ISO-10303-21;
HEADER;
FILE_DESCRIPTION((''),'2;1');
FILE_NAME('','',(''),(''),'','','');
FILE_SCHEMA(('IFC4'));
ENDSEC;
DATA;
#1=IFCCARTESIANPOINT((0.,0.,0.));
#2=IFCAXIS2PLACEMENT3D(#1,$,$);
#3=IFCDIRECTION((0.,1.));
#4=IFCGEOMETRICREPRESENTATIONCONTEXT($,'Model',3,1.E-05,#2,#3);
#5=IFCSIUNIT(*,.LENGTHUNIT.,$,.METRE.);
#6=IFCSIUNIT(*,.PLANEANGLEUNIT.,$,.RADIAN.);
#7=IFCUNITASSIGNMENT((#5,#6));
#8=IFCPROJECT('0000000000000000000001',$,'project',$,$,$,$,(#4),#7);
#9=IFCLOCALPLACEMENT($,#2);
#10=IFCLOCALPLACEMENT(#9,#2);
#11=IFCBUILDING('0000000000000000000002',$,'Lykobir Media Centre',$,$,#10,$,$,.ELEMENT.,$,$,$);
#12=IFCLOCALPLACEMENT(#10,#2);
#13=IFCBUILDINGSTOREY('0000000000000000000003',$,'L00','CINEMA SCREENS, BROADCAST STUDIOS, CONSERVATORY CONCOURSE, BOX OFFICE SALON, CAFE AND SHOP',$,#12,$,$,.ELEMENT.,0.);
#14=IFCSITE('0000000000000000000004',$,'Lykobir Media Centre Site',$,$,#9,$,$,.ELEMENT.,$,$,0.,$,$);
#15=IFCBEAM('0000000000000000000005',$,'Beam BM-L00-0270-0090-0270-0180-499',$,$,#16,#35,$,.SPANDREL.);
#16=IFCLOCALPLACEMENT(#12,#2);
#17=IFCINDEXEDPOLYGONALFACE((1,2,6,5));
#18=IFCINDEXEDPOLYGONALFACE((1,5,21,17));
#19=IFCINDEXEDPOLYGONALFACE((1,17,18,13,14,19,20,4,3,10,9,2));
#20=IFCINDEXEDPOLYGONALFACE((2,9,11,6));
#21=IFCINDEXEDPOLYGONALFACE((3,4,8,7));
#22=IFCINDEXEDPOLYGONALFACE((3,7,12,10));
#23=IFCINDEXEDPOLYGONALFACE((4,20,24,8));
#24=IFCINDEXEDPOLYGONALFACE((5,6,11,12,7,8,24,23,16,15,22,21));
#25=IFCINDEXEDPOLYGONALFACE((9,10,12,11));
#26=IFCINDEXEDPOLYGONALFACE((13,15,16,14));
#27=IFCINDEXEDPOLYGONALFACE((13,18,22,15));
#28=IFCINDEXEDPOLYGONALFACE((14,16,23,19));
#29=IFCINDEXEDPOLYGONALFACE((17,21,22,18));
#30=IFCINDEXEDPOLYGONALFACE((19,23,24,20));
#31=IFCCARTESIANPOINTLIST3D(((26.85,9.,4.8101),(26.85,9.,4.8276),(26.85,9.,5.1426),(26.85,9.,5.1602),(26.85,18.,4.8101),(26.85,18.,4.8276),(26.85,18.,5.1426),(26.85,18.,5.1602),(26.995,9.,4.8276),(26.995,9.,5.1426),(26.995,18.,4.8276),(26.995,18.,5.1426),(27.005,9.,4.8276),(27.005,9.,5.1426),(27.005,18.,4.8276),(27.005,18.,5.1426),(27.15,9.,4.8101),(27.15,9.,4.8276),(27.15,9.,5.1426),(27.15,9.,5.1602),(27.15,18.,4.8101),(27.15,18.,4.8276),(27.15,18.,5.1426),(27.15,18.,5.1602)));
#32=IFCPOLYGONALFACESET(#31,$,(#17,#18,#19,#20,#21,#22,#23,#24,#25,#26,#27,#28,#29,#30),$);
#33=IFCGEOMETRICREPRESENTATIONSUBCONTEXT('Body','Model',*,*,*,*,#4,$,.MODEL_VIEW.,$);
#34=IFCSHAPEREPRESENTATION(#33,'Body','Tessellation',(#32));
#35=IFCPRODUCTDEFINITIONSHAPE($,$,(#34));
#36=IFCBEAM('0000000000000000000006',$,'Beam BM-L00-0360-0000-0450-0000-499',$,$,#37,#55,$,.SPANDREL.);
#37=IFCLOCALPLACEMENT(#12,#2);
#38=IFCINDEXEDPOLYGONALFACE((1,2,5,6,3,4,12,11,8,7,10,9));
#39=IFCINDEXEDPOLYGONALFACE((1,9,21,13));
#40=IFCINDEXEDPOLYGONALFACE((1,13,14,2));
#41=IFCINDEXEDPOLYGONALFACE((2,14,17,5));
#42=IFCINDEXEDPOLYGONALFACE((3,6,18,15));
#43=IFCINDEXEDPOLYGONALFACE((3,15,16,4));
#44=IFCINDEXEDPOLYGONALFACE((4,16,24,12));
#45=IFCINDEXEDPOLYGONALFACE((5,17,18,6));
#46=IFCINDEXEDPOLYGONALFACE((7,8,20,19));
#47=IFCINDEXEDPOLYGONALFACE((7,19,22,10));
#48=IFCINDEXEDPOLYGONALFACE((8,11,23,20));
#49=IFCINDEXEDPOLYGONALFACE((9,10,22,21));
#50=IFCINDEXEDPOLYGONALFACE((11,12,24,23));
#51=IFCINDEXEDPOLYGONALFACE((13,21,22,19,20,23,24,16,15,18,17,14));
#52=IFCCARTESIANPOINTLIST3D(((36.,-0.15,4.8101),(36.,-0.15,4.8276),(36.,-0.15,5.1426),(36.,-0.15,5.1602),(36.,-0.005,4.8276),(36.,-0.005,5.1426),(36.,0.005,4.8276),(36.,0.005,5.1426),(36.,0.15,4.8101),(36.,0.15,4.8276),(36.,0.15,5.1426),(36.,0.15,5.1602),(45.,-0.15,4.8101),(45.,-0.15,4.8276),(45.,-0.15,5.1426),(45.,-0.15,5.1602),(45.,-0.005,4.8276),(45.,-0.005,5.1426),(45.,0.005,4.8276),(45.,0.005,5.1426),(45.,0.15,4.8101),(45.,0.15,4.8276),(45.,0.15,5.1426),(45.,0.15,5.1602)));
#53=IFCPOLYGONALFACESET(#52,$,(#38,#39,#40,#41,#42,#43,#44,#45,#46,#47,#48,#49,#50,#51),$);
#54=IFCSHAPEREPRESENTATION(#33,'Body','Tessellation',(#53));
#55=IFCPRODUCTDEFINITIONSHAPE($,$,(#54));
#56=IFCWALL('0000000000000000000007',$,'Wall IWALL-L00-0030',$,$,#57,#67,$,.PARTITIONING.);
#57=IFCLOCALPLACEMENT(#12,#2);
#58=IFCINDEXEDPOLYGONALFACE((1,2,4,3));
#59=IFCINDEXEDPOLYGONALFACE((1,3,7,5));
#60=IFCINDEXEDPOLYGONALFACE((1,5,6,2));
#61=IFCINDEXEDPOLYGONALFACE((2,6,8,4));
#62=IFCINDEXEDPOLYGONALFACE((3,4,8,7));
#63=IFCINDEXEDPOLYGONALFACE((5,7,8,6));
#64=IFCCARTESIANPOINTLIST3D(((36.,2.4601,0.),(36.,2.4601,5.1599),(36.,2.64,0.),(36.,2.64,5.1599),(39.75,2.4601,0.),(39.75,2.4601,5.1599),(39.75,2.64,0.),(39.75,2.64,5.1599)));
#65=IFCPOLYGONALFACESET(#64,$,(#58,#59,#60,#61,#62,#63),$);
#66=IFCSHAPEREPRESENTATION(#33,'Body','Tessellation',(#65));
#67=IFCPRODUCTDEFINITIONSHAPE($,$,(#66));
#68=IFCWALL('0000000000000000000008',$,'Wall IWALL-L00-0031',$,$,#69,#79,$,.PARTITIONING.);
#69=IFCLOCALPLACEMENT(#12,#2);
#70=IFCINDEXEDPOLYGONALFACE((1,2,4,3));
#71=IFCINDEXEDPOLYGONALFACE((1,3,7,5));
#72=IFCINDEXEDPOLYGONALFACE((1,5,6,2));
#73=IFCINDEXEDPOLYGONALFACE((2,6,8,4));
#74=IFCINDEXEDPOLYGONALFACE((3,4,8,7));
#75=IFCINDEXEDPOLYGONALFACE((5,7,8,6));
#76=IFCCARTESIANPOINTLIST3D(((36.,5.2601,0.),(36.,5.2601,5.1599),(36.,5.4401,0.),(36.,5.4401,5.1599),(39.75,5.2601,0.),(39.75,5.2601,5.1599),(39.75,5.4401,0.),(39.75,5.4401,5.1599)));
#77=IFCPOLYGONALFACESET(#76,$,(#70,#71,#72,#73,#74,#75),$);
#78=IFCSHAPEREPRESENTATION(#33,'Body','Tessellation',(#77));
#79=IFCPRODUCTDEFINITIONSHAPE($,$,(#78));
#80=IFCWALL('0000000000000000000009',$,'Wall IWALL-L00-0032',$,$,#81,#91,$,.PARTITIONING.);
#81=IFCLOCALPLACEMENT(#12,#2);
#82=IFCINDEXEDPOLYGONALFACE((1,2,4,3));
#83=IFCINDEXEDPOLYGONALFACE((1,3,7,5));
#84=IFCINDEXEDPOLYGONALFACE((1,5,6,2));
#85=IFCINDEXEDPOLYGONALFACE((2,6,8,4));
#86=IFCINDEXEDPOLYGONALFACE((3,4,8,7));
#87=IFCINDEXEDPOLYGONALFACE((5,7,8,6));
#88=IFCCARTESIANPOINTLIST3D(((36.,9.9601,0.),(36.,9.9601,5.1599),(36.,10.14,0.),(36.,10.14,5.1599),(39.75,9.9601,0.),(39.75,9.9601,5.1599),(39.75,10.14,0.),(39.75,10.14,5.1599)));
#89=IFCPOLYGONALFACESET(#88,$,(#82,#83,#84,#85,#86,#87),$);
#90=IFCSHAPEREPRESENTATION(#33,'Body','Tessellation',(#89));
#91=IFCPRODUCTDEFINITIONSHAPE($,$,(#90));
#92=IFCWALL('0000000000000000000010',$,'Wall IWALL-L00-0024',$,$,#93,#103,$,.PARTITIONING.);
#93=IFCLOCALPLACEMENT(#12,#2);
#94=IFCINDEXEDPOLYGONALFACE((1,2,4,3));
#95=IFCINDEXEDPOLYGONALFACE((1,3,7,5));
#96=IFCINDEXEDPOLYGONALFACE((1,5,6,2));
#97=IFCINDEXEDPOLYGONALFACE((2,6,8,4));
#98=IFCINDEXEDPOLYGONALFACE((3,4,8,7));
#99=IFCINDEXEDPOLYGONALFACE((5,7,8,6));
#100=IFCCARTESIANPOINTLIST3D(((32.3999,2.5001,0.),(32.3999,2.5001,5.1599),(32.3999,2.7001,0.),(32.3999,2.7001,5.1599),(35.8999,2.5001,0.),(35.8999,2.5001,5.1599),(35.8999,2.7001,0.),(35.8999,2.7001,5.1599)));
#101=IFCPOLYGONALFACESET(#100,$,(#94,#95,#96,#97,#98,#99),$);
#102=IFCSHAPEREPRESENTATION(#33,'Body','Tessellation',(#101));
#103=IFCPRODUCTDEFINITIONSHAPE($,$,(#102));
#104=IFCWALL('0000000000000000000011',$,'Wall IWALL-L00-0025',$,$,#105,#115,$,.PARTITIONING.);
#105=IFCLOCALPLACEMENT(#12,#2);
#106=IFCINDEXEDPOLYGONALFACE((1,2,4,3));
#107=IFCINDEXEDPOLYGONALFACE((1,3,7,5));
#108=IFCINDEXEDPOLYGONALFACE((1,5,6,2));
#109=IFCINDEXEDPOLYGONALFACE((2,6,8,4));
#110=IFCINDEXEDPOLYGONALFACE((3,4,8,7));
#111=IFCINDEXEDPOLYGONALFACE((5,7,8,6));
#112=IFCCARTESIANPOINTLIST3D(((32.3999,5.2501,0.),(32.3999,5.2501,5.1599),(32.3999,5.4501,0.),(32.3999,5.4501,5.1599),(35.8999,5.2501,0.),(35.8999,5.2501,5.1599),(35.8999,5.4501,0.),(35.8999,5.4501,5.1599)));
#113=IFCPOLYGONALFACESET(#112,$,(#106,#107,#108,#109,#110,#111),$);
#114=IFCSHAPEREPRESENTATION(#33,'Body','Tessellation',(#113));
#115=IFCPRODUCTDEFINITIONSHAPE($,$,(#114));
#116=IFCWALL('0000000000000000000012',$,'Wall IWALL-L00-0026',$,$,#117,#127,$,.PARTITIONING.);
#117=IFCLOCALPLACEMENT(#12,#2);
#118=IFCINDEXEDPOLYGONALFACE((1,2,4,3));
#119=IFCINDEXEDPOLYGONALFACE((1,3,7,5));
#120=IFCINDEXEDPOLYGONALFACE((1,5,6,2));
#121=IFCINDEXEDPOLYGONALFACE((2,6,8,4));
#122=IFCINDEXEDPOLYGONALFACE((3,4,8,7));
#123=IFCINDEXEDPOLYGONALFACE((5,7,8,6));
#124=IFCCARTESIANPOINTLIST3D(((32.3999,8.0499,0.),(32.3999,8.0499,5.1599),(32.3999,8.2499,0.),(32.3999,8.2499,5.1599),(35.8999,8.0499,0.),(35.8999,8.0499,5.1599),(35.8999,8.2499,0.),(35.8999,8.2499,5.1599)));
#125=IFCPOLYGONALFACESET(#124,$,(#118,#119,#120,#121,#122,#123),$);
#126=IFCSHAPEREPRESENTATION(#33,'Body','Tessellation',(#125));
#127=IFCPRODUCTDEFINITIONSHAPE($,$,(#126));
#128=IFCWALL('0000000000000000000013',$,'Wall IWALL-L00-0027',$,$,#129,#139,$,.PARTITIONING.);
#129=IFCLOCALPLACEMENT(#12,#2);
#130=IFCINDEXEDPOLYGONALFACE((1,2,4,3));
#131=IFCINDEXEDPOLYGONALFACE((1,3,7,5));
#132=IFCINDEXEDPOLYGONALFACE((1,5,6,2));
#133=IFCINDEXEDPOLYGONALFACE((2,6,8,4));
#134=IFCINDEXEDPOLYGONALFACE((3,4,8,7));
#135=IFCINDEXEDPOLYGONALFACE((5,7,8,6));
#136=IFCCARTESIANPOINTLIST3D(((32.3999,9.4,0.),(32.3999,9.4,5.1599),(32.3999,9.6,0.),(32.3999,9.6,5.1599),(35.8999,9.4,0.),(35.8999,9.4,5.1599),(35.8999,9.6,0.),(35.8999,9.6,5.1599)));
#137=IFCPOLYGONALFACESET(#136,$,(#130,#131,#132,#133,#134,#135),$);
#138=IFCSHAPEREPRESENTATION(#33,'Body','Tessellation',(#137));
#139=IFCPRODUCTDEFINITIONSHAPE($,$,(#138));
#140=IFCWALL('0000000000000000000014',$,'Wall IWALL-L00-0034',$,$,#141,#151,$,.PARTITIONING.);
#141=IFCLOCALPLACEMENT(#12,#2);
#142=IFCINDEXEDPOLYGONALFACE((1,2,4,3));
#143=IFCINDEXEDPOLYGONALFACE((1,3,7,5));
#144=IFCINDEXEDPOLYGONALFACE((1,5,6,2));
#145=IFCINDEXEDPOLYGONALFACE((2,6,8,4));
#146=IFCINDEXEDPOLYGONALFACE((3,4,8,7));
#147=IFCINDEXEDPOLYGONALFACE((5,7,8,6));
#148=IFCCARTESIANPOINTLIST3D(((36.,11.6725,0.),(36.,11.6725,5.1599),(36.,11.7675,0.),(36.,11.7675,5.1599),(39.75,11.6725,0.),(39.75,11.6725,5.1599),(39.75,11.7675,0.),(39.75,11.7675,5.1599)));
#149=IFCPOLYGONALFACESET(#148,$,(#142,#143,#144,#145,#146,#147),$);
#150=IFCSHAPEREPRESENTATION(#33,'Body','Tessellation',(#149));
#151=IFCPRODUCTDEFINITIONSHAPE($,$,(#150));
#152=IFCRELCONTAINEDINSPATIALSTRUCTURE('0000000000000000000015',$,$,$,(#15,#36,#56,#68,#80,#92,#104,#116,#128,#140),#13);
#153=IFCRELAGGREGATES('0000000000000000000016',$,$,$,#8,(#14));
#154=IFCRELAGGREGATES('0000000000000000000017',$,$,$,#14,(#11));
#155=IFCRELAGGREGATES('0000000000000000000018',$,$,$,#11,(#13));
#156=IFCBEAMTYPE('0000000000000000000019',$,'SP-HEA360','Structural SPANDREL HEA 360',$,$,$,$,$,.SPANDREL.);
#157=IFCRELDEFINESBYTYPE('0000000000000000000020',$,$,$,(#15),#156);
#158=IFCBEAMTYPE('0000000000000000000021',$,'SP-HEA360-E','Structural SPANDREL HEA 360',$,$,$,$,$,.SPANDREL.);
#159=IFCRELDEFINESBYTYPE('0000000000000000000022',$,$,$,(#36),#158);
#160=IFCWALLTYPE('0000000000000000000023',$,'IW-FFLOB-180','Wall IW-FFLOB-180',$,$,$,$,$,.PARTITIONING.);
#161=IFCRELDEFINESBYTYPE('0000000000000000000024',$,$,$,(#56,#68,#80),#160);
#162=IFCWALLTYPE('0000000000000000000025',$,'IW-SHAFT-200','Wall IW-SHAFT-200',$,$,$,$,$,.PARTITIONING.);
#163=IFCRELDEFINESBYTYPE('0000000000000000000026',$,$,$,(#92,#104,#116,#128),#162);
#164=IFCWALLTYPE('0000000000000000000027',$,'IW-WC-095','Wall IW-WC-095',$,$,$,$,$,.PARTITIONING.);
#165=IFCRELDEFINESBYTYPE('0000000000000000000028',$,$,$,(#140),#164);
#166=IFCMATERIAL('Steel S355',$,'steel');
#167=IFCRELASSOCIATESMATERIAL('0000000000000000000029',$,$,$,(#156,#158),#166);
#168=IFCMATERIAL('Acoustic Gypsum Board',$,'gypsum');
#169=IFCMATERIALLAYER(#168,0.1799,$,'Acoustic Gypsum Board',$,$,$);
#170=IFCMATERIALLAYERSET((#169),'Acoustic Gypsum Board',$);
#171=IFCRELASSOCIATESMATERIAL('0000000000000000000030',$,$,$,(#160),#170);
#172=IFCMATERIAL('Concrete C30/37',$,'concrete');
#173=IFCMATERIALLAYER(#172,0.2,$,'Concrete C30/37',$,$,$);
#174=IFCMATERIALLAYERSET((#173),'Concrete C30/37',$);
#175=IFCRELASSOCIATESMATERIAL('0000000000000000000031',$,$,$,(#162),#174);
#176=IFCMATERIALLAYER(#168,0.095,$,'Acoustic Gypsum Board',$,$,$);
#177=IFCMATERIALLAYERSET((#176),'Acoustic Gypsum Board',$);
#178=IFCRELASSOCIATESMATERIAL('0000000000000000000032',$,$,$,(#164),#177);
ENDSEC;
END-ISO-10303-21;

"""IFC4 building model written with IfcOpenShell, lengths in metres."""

from ifc_helpers import new_model, si_unit, direction, frame, frame_2d, origin, origin_2d, place, context, subcontext, project, spatial, rectangle, i_section, extrude, material, layer, layer_set, material_profile, profile_set, type_object, element, save


model = new_model("IFC4")

# Units and contexts
model_context = context("Model", 3, precision=1e-05, world=origin(), true_north=direction((0.0, 1.0)))
body_context = subcontext(model_context, "Body", "Model", "MODEL_VIEW")
ifc_project = project(units=[si_unit("LENGTHUNIT", "METRE"), si_unit("PLANEANGLEUNIT", "RADIAN")], contexts=[model_context])

# Site, building, storey
site_placement = place(None, origin())
site = spatial("IfcSite", under=ifc_project, at=site_placement, Name="Lykobir Media Centre Site", CompositionType="ELEMENT", RefElevation=0.0)
building_placement = place(site_placement, origin())
building = spatial("IfcBuilding", under=site, at=building_placement, Name="Lykobir Media Centre", CompositionType="ELEMENT")
storey_placement = place(building_placement, origin())
storey = spatial("IfcBuildingStorey", under=building, at=storey_placement, Name="L00", Description="CINEMA SCREENS, BROADCAST STUDIOS, CONSERVATORY CONCOURSE, BOX OFFICE SALON, CAFE AND SHOP", CompositionType="ELEMENT", Elevation=0.0)

# Shared definitions
ifc_material_1 = material(Name="Steel S355", Category="steel")

# Beams
ifc_material_profile_1 = material_profile(ifc_material_1, i_section(OverallWidth=0.3, OverallDepth=0.3501, WebThickness=0.01, FlangeThickness=0.0176, at=origin_2d()), Name="HEA 360")
ifc_profile_set_1 = profile_set([ifc_material_profile_1], Name="Steel S355")
beam_type_1 = type_object("IfcBeamType", Name="SP-HEA360", Description="Structural SPANDREL HEA 360", PredefinedType="SPANDREL", material=ifc_profile_set_1)
beam_1_placement = place(storey_placement, frame((27.0, 9.0, 4.9851), z_axis=(0.0, 1.0, 0.0), x_axis=(-1.0, 0.0, 0.0)))
element("IfcBeam", 1, at=beam_1_placement, inside=storey, type_object=beam_type_1, Name="Beam BM-L00-0270-0090-0270-0180-499", PredefinedType="SPANDREL", context=body_context, shape_type="SweptSolid", body=[
    extrude(i_section(OverallWidth=0.3, OverallDepth=0.3501, WebThickness=0.01, FlangeThickness=0.0176, at=origin_2d()), origin(), (0.0, 0.0, 1.0), 9.0),
])
ifc_material_profile_2 = material_profile(ifc_material_1, i_section(OverallWidth=0.3, OverallDepth=0.3501, WebThickness=0.01, FlangeThickness=0.0176, at=origin_2d()), Name="HEA 360")
ifc_profile_set_2 = profile_set([ifc_material_profile_2], Name="Steel S355")
beam_type_2 = type_object("IfcBeamType", Name="SP-HEA360-E", Description="Structural SPANDREL HEA 360", PredefinedType="SPANDREL", material=ifc_profile_set_2)
beam_2_placement = place(storey_placement, frame((36.0, 0.0, 4.9851), z_axis=(1.0, 0.0, 0.0), x_axis=(0.0, 1.0, 0.0)))
element("IfcBeam", 2, at=beam_2_placement, inside=storey, type_object=beam_type_2, Name="Beam BM-L00-0360-0000-0450-0000-499", PredefinedType="SPANDREL", context=body_context, shape_type="SweptSolid", body=[
    extrude(i_section(OverallWidth=0.3, OverallDepth=0.3501, WebThickness=0.01, FlangeThickness=0.0176, at=origin_2d()), origin(), (0.0, 0.0, 1.0), 9.0),
])

# Walls
ifc_material_2 = material(Name="Acoustic Gypsum Board", Category="gypsum")
ifc_layer_1 = layer(ifc_material_2, 0.1799, Name="Acoustic Gypsum Board")
ifc_layer_set_1 = layer_set([ifc_layer_1], Name="Acoustic Gypsum Board")
wall_type_1 = type_object("IfcWallType", Name="IW-FFLOB-180", Description="Wall IW-FFLOB-180", PredefinedType="PARTITIONING", material=ifc_layer_set_1)
for number, where, z_axis, x_axis, name in (
    (3, (36.0, 2.55, 0.0), (0.0, 0.0, 1.0), (1.0, 0.0, 0.0), "Wall IWALL-L00-0030"),
    (4, (36.0, 5.3501, 0.0), (0.0, 0.0, 1.0), (1.0, 0.0, 0.0), "Wall IWALL-L00-0031"),
    (5, (36.0, 10.05, 0.0), (0.0, 0.0, 1.0), (1.0, 0.0, 0.0), "Wall IWALL-L00-0032"),
):
    element("IfcWall", number, at=place(storey_placement, frame(where, z_axis=z_axis, x_axis=x_axis)), inside=storey, type_object=wall_type_1, Name=name, PredefinedType="PARTITIONING", context=body_context, shape_type="SweptSolid", body=[
        extrude(rectangle(XDim=3.75, YDim=0.1799, at=frame_2d((1.875, 0.0))), origin(), (0.0, 0.0, 1.0), 5.1599),
    ])
ifc_material_3 = material(Name="Concrete C30/37", Category="concrete")
ifc_layer_2 = layer(ifc_material_3, 0.2, Name="Concrete C30/37")
ifc_layer_set_2 = layer_set([ifc_layer_2], Name="Concrete C30/37")
wall_type_2 = type_object("IfcWallType", Name="IW-SHAFT-200", Description="Wall IW-SHAFT-200", PredefinedType="PARTITIONING", material=ifc_layer_set_2)
for number, where, z_axis, x_axis, name in (
    (6, (32.3999, 2.6001, 0.0), (0.0, 0.0, 1.0), (1.0, 0.0, 0.0), "Wall IWALL-L00-0024"),
    (7, (32.3999, 5.3501, 0.0), (0.0, 0.0, 1.0), (1.0, 0.0, 0.0), "Wall IWALL-L00-0025"),
    (8, (32.3999, 8.1499, 0.0), (0.0, 0.0, 1.0), (1.0, 0.0, 0.0), "Wall IWALL-L00-0026"),
    (9, (32.3999, 9.5, 0.0), (0.0, 0.0, 1.0), (1.0, 0.0, 0.0), "Wall IWALL-L00-0027"),
):
    element("IfcWall", number, at=place(storey_placement, frame(where, z_axis=z_axis, x_axis=x_axis)), inside=storey, type_object=wall_type_2, Name=name, PredefinedType="PARTITIONING", context=body_context, shape_type="SweptSolid", body=[
        extrude(rectangle(XDim=3.5, YDim=0.2, at=frame_2d((1.75, 0.0))), origin(), (0.0, 0.0, 1.0), 5.1599),
    ])
ifc_layer_3 = layer(ifc_material_2, 0.095, Name="Acoustic Gypsum Board")
ifc_layer_set_3 = layer_set([ifc_layer_3], Name="Acoustic Gypsum Board")
wall_type_3 = type_object("IfcWallType", Name="IW-WC-095", Description="Wall IW-WC-095", PredefinedType="PARTITIONING", material=ifc_layer_set_3)
wall_1_placement = place(storey_placement, frame((36.0, 11.72, 0.0), z_axis=(0.0, 0.0, 1.0), x_axis=(1.0, 0.0, 0.0)))
element("IfcWall", 10, at=wall_1_placement, inside=storey, type_object=wall_type_3, Name="Wall IWALL-L00-0034", PredefinedType="PARTITIONING", context=body_context, shape_type="SweptSolid", body=[
    extrude(rectangle(XDim=3.75, YDim=0.095, at=frame_2d((1.875, 0.0))), origin(), (0.0, 0.0, 1.0), 5.1599),
])

save(model, "model.ifc")
